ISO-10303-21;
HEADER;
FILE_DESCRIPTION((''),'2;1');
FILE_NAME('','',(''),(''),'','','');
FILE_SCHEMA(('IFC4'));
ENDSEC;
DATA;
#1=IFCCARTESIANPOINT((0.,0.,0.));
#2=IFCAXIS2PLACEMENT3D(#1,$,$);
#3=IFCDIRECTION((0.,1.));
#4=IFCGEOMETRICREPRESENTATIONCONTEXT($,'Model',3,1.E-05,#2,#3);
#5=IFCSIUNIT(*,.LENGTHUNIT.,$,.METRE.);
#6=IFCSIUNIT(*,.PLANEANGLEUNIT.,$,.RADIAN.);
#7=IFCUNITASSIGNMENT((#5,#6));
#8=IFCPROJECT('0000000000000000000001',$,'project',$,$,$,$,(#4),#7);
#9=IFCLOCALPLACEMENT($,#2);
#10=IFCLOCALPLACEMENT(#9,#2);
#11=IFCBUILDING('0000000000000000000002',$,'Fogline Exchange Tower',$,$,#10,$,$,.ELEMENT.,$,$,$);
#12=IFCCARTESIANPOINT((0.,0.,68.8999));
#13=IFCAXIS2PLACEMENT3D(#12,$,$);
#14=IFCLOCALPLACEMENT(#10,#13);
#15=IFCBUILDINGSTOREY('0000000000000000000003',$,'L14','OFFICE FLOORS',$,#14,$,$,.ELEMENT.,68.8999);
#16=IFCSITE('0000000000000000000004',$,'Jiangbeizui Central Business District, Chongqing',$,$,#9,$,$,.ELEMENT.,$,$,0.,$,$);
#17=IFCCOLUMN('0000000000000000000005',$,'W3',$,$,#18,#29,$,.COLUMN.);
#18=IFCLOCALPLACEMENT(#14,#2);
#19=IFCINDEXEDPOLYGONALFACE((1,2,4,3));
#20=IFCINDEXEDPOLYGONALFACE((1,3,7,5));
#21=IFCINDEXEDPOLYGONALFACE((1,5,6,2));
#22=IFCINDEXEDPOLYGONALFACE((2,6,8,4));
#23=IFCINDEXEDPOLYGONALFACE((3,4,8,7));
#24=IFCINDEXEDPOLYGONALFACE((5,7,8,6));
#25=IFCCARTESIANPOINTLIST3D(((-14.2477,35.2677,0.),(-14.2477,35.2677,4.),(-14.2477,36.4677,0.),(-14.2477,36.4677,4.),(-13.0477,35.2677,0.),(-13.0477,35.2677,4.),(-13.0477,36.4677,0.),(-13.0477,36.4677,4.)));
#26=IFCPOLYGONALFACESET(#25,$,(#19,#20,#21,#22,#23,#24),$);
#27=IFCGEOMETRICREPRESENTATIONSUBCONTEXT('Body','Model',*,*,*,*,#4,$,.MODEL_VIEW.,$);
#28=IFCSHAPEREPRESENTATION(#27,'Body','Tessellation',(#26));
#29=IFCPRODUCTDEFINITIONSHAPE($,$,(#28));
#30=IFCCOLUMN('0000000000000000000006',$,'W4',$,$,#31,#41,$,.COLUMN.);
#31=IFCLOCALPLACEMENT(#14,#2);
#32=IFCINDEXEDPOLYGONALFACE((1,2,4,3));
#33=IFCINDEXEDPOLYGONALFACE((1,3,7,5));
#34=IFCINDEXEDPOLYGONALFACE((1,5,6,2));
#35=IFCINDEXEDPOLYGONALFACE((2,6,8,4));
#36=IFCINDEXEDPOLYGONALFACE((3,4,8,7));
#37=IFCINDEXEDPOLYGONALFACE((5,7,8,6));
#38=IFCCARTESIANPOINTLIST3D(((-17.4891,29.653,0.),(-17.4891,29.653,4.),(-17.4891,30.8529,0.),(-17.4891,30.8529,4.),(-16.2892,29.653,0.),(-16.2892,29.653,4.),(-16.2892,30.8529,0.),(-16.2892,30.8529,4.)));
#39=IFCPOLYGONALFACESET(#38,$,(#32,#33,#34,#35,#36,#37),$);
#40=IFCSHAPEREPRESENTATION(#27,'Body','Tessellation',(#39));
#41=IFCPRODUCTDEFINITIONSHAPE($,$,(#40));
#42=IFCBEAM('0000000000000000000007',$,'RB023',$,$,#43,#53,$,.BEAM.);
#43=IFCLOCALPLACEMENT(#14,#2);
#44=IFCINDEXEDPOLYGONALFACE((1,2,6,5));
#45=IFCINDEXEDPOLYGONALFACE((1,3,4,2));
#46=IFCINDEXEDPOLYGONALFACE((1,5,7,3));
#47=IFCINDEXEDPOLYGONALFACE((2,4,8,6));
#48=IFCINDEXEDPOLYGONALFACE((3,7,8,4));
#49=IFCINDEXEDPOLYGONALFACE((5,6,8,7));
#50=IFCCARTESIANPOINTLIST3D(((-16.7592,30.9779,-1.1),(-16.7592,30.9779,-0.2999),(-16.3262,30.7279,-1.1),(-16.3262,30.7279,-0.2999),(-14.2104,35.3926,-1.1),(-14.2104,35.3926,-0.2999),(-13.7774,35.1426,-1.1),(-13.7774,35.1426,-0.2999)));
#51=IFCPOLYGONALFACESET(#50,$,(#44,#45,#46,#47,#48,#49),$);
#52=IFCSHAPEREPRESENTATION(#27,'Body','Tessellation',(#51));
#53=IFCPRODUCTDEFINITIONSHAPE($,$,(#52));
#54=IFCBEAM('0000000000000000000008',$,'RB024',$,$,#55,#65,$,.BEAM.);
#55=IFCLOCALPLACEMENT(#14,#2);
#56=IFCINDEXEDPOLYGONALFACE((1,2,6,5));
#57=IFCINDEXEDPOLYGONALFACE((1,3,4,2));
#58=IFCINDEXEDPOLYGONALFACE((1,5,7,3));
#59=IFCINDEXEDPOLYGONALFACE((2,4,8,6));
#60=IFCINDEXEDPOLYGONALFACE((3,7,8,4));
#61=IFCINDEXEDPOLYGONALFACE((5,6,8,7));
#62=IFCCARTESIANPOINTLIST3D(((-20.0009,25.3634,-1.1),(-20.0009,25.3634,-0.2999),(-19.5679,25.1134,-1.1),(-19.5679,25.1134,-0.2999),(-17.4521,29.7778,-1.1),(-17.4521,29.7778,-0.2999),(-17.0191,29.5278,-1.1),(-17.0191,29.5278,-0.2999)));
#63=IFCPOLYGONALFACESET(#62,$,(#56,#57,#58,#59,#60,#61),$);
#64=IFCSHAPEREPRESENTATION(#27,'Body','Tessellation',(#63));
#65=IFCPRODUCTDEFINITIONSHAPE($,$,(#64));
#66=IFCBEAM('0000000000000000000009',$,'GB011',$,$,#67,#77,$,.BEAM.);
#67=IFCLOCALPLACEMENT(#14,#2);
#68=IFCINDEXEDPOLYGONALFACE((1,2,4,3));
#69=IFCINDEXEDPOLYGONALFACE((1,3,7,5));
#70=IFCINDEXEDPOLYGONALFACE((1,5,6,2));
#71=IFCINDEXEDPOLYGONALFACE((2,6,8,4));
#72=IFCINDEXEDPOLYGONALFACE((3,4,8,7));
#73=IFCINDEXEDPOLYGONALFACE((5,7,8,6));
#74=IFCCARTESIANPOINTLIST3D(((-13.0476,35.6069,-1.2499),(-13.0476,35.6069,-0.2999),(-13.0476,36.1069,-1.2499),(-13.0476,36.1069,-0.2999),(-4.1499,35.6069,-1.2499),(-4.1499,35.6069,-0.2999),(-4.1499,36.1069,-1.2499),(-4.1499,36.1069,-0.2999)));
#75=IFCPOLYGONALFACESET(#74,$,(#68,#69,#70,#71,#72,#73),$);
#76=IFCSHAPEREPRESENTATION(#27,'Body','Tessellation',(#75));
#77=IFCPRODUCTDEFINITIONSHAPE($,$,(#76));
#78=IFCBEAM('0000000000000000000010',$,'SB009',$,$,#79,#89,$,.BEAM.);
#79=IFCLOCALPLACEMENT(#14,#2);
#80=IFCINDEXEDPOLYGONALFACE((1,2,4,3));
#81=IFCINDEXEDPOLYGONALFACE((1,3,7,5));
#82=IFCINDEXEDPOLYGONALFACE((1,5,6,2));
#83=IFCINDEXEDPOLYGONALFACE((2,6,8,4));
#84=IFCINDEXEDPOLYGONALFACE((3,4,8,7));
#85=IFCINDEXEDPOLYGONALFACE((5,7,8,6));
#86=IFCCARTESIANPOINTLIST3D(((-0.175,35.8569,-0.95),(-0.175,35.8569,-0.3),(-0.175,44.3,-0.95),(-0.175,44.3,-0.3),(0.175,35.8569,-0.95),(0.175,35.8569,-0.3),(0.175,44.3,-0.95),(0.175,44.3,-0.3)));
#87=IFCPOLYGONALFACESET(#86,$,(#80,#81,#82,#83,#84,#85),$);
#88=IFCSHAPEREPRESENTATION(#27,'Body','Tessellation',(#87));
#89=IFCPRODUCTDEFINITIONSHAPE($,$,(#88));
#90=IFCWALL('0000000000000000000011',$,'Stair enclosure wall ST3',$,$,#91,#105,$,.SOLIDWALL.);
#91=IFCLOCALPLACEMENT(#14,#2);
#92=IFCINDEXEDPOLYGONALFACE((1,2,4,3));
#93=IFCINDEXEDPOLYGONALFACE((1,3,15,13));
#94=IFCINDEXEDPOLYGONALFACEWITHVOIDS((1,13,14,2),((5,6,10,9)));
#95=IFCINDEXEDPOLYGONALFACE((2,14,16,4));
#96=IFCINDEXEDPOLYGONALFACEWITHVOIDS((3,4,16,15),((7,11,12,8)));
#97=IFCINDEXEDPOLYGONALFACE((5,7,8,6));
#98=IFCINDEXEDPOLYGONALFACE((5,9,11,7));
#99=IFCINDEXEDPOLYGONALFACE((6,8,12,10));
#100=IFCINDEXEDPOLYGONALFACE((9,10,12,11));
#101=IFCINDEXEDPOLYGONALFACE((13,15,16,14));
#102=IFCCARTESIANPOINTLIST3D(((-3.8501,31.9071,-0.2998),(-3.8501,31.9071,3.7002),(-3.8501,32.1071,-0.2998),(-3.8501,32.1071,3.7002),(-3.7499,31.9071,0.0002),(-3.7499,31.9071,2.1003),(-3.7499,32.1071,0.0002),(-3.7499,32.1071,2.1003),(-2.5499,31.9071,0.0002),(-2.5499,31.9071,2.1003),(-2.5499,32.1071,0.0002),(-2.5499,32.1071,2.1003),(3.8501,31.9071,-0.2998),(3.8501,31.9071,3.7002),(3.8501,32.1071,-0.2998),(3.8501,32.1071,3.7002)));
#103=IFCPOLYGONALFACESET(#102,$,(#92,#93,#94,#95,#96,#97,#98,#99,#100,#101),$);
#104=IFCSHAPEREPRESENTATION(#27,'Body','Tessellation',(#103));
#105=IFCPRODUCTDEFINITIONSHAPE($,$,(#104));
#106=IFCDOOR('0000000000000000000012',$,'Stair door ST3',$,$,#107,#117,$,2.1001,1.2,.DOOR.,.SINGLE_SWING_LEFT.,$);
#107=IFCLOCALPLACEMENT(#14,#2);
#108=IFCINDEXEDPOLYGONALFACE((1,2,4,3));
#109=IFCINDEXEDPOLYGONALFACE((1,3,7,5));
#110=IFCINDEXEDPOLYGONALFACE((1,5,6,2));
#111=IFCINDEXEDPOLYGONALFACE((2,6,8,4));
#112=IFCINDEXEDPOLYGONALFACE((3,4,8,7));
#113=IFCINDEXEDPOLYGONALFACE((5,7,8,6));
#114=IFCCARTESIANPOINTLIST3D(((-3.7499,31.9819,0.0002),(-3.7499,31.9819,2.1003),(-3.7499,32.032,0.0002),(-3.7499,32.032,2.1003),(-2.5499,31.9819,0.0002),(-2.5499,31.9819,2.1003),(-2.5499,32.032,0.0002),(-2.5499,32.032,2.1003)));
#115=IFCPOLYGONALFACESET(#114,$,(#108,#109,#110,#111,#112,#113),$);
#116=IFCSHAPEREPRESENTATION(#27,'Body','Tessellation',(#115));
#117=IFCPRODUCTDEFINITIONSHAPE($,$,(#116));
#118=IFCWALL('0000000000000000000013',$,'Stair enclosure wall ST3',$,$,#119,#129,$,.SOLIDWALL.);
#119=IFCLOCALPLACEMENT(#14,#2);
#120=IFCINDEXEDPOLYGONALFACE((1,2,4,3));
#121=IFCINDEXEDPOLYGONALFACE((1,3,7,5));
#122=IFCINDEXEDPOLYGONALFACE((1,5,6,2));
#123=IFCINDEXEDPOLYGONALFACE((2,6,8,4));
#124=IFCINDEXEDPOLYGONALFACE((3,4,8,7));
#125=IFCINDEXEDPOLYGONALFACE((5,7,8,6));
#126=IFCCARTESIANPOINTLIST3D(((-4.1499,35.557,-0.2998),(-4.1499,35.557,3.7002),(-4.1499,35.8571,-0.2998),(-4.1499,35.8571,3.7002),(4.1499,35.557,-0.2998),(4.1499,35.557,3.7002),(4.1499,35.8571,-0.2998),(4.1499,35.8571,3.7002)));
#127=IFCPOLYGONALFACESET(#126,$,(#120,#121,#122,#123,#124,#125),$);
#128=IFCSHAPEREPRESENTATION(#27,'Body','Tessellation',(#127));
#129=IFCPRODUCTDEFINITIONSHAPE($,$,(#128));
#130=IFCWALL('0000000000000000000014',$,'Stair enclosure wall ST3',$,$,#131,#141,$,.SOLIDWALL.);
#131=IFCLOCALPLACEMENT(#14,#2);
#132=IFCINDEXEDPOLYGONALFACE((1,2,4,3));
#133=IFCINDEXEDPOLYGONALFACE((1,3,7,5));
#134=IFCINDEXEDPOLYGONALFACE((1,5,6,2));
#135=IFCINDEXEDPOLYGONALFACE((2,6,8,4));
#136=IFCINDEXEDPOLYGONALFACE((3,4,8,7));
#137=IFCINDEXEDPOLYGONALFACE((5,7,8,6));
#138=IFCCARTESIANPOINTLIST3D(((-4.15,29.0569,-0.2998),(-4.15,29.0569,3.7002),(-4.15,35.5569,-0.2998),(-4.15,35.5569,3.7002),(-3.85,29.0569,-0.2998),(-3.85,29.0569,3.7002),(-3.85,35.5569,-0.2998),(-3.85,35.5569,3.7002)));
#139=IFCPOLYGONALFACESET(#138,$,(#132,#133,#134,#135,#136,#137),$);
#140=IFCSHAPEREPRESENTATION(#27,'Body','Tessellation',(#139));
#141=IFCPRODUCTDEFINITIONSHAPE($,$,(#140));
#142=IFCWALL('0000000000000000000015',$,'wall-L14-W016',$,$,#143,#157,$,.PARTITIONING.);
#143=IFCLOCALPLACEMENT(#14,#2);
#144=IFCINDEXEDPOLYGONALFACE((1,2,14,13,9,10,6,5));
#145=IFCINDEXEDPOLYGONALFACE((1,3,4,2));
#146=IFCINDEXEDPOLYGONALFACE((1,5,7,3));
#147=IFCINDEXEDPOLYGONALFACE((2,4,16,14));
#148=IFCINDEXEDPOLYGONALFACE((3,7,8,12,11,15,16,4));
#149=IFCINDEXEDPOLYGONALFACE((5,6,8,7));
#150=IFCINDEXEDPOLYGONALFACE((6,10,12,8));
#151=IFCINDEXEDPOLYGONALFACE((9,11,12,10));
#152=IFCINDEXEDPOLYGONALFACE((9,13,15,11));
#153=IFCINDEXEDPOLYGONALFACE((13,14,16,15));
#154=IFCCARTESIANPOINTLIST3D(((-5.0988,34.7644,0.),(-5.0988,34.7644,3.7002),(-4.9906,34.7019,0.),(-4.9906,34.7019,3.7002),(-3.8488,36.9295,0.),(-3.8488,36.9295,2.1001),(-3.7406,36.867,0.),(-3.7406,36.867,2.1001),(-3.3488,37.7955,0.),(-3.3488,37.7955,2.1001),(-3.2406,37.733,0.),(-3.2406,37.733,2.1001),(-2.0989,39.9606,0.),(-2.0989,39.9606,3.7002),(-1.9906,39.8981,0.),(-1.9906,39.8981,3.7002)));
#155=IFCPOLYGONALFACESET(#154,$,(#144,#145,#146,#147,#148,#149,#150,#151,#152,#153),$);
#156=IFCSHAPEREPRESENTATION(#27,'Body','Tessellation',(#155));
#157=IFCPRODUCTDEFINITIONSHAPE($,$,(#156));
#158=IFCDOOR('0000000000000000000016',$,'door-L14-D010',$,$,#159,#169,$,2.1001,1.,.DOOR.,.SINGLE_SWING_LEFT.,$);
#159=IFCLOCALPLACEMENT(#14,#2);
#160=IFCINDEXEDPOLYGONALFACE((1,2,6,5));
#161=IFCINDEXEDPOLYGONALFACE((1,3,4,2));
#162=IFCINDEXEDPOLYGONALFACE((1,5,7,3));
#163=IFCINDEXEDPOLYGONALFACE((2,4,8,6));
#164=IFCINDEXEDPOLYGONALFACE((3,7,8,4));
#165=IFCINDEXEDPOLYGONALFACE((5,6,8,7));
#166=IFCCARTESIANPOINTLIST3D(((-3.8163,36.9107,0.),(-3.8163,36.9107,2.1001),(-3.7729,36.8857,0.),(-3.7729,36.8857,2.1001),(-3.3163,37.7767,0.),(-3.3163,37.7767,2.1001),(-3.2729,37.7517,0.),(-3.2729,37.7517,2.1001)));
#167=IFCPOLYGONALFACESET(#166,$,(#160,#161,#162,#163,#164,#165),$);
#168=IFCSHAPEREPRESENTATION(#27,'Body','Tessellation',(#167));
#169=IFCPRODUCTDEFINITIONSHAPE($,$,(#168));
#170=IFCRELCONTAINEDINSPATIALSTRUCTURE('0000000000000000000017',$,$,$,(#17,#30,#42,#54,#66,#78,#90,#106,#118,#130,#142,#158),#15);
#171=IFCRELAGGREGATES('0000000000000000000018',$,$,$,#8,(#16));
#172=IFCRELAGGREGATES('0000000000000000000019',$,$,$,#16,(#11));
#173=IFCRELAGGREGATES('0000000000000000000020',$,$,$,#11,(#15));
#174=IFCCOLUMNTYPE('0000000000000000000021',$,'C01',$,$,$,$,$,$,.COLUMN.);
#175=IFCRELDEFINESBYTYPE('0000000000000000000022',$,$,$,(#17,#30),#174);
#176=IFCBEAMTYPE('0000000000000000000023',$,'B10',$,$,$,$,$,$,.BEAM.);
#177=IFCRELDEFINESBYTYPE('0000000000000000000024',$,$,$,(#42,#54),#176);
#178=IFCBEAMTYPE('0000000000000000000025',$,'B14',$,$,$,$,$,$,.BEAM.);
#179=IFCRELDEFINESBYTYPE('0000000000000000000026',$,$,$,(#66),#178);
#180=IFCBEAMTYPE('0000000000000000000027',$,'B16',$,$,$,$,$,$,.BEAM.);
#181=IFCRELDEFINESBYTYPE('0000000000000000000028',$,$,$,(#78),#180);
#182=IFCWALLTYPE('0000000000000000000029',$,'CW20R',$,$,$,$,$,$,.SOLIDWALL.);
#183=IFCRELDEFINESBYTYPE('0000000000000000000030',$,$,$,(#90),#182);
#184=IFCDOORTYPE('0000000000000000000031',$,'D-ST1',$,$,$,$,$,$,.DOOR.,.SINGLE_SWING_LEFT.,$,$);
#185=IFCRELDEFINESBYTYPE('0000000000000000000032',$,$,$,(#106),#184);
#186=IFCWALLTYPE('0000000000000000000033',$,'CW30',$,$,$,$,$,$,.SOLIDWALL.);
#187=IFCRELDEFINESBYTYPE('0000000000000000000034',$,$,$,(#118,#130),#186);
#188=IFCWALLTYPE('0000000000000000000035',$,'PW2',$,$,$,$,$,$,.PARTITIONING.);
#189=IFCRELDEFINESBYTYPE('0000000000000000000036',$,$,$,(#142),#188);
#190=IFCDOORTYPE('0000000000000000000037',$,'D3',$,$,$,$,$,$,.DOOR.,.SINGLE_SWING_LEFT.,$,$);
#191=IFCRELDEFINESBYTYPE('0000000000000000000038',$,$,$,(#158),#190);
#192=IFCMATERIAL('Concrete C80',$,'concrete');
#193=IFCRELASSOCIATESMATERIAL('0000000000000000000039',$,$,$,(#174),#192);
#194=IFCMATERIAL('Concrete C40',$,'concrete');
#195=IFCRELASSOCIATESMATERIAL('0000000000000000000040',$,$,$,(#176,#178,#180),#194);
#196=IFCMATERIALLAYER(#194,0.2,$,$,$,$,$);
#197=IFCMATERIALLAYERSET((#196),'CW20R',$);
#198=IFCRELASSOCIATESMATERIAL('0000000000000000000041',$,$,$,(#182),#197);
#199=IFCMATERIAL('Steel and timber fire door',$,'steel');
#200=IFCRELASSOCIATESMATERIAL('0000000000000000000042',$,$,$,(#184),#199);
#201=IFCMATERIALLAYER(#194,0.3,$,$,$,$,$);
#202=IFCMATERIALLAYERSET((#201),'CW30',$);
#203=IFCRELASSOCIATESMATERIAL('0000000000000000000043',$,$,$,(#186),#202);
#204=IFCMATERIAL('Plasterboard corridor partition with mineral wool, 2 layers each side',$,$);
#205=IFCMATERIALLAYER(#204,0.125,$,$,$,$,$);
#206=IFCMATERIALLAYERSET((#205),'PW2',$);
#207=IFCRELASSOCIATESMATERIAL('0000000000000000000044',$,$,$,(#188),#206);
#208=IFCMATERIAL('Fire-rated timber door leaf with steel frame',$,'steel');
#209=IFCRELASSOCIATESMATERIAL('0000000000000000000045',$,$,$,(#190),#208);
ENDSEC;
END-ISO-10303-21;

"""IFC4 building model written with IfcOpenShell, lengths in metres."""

from ifc_helpers import new_model, si_unit, direction, frame, frame_2d, origin, origin_2d, place, context, subcontext, project, spatial, rectangle, extrude, material, layer, layer_set, material_profile, profile_set, type_object, element, fill, save


model = new_model("IFC4")

# Units and contexts
model_context = context("Model", 3, precision=1e-05, world=origin(), true_north=direction((0.0, 1.0)))
body_context = subcontext(model_context, "Body", "Model", "MODEL_VIEW")
ifc_project = project(units=[si_unit("LENGTHUNIT", "METRE"), si_unit("PLANEANGLEUNIT", "RADIAN")], contexts=[model_context])

# Site, building, storey
site_placement = place(None, origin())
site = spatial("IfcSite", under=ifc_project, at=site_placement, Name="Jiangbeizui Central Business District, Chongqing", CompositionType="ELEMENT", RefElevation=0.0)
building_placement = place(site_placement, origin())
building = spatial("IfcBuilding", under=site, at=building_placement, Name="Fogline Exchange Tower", CompositionType="ELEMENT")
storey_placement = place(building_placement, frame((0.0, 0.0, 68.8999)))
storey = spatial("IfcBuildingStorey", under=building, at=storey_placement, Name="L14", Description="OFFICE FLOORS", CompositionType="ELEMENT", Elevation=68.8999)

# Columns
ifc_material_1 = material(Name="Concrete C80", Category="concrete")
ifc_material_profile_1 = material_profile(ifc_material_1, rectangle(XDim=1.2, YDim=1.2, at=origin_2d()), Name="RC 1200x1200")
ifc_profile_set_1 = profile_set([ifc_material_profile_1], Name="Concrete C80")
column_type = type_object("IfcColumnType", Name="C01", PredefinedType="COLUMN", material=ifc_profile_set_1)
for number, where, z_axis, x_axis, name in (
    (1, (-13.6477, 35.8677, 0.0), (0.0, 0.0, 1.0), (1.0, 0.0, 0.0), "W3"),
    (2, (-16.8892, 30.2529, 0.0), (0.0, 0.0, 1.0), (1.0, 0.0, 0.0), "W4"),
):
    element("IfcColumn", number, at=place(storey_placement, frame(where, z_axis=z_axis, x_axis=x_axis)), inside=storey, type_object=column_type, Name=name, PredefinedType="COLUMN", context=body_context, shape_type="SweptSolid", body=[
        extrude(rectangle(XDim=1.2, YDim=1.2, at=origin_2d()), origin(), (0.0, 0.0, 1.0), 4.0),
    ])

# Beams
ifc_material_2 = material(Name="Concrete C40", Category="concrete")
ifc_material_profile_2 = material_profile(ifc_material_2, rectangle(XDim=0.5, YDim=0.8, at=origin_2d()), Name="RC 500x800")
ifc_profile_set_2 = profile_set([ifc_material_profile_2], Name="Concrete C40")
beam_type_1 = type_object("IfcBeamType", Name="B10", PredefinedType="BEAM", material=ifc_profile_set_2)
beam_1_placement = place(storey_placement, frame((-13.9939, 35.2676, -0.7), z_axis=(-0.499992, -0.86603, 0.0), x_axis=(0.86603, -0.499992, 0.0)))
element("IfcBeam", 3, at=beam_1_placement, inside=storey, type_object=beam_type_1, Name="RB023", PredefinedType="BEAM", context=body_context, shape_type="SweptSolid", body=[
    extrude(rectangle(XDim=0.5, YDim=0.8, at=origin_2d()), origin(), (0.0, 0.0, 1.0), 5.0977),
])
beam_2_placement = place(storey_placement, frame((-17.2356, 29.6528, -0.7), z_axis=(-0.500013, -0.866018, 0.0), x_axis=(0.866018, -0.500013, 0.0)))
element("IfcBeam", 4, at=beam_2_placement, inside=storey, type_object=beam_type_1, Name="RB024", PredefinedType="BEAM", context=body_context, shape_type="SweptSolid", body=[
    extrude(rectangle(XDim=0.5, YDim=0.8, at=origin_2d()), origin(), (0.0, 0.0, 1.0), 5.0974),
])
ifc_material_profile_3 = material_profile(ifc_material_2, rectangle(XDim=0.5, YDim=0.95, at=origin_2d()), Name="RC 500x950")
ifc_profile_set_3 = profile_set([ifc_material_profile_3], Name="Concrete C40")
beam_type_2 = type_object("IfcBeamType", Name="B14", PredefinedType="BEAM", material=ifc_profile_set_3)
beam_3_placement = place(storey_placement, frame((-13.0476, 35.8569, -0.7749), z_axis=(1.0, 0.0, 0.0), x_axis=(0.0, 1.0, 0.0)))
element("IfcBeam", 5, at=beam_3_placement, inside=storey, type_object=beam_type_2, Name="GB011", PredefinedType="BEAM", context=body_context, shape_type="SweptSolid", body=[
    extrude(rectangle(XDim=0.5, YDim=0.95, at=origin_2d()), origin(), (0.0, 0.0, 1.0), 8.8977),
])
ifc_material_profile_4 = material_profile(ifc_material_2, rectangle(XDim=0.3501, YDim=0.6499, at=origin_2d()), Name="RC 350x650")
ifc_profile_set_4 = profile_set([ifc_material_profile_4], Name="Concrete C40")
beam_type_3 = type_object("IfcBeamType", Name="B16", PredefinedType="BEAM", material=ifc_profile_set_4)
beam_4_placement = place(storey_placement, frame((0.0, 35.8569, -0.625), z_axis=(0.0, 1.0, 0.0), x_axis=(-1.0, 0.0, 0.0)))
element("IfcBeam", 6, at=beam_4_placement, inside=storey, type_object=beam_type_3, Name="SB009", PredefinedType="BEAM", context=body_context, shape_type="SweptSolid", body=[
    extrude(rectangle(XDim=0.3501, YDim=0.6499, at=origin_2d()), origin(), (0.0, 0.0, 1.0), 8.4431),
])

# Wall, opening, door
ifc_layer_1 = layer(ifc_material_2, 0.2)
ifc_layer_set_1 = layer_set([ifc_layer_1], Name="CW20R")
wall_type_1 = type_object("IfcWallType", Name="CW20R", PredefinedType="SOLIDWALL", material=ifc_layer_set_1)
wall_1_placement = place(storey_placement, frame((-3.8501, 32.0071, -0.2998), z_axis=(0.0, 0.0, 1.0), x_axis=(1.0, 0.0, 0.0)))
wall_1 = element("IfcWall", 7, at=wall_1_placement, inside=storey, type_object=wall_type_1, Name="Stair enclosure wall ST3", PredefinedType="SOLIDWALL", context=body_context, shape_type="SweptSolid", body=[
    extrude(rectangle(XDim=7.7002, YDim=0.2, at=frame_2d((3.8501, 0.0))), origin(), (0.0, 0.0, 1.0), 4.0),
])
opening_1_placement = place(wall_1_placement, frame((0.1001, 0.0, 0.3)))
opening_1 = element("IfcOpeningElement", 8, at=opening_1_placement, cuts=wall_1, PredefinedType="OPENING", context=body_context, shape_type="SweptSolid", body=[
    extrude(rectangle(XDim=1.2, YDim=2.1001, at=frame_2d((0.6001, 1.05))), frame((0.0, 0.1099, 0.0), z_axis=(0.0, -1.0, 0.0), x_axis=(1.0, 0.0, 0.0)), (0.0, 0.0, 1.0), 0.22),
])
ifc_material_3 = material(Name="Steel and timber fire door", Category="steel")
door_type_1 = type_object("IfcDoorType", Name="D-ST1", OperationType="SINGLE_SWING_LEFT", PredefinedType="DOOR", material=ifc_material_3)
door_1_placement = place(opening_1_placement, origin())
door_1 = element("IfcDoor", 9, at=door_1_placement, inside=storey, type_object=door_type_1, Name="Stair door ST3", OperationType="SINGLE_SWING_LEFT", OverallHeight=2.1001, OverallWidth=1.2, PredefinedType="DOOR", context=body_context, shape_type="SweptSolid", body=[
    extrude(rectangle(XDim=1.2, YDim=2.1001, at=frame_2d((0.6001, 1.05))), frame((0.0, 0.0249, 0.0), z_axis=(0.0, -1.0, 0.0), x_axis=(1.0, 0.0, 0.0)), (0.0, 0.0, 1.0), 0.05),
])
fill(opening_1, door_1)

# Walls
ifc_layer_2 = layer(ifc_material_2, 0.3)
ifc_layer_set_2 = layer_set([ifc_layer_2], Name="CW30")
wall_type_2 = type_object("IfcWallType", Name="CW30", PredefinedType="SOLIDWALL", material=ifc_layer_set_2)
wall_2_placement = place(storey_placement, frame((-4.1499, 35.707, -0.2998), z_axis=(0.0, 0.0, 1.0), x_axis=(1.0, 0.0, 0.0)))
element("IfcWall", 10, at=wall_2_placement, inside=storey, type_object=wall_type_2, Name="Stair enclosure wall ST3", PredefinedType="SOLIDWALL", context=body_context, shape_type="SweptSolid", body=[
    extrude(rectangle(XDim=8.2998, YDim=0.3, at=frame_2d((4.1499, 0.0))), origin(), (0.0, 0.0, 1.0), 4.0),
])
wall_3_placement = place(storey_placement, frame((-4.0, 29.0569, -0.2998), z_axis=(0.0, 0.0, 1.0), x_axis=(0.0, 1.0, 0.0)))
element("IfcWall", 11, at=wall_3_placement, inside=storey, type_object=wall_type_2, Name="Stair enclosure wall ST3", PredefinedType="SOLIDWALL", context=body_context, shape_type="SweptSolid", body=[
    extrude(rectangle(XDim=6.5, YDim=0.3, at=frame_2d((3.25, 0.0))), origin(), (0.0, 0.0, 1.0), 4.0),
])

# Wall, opening, door
ifc_material_4 = material(Name="Plasterboard corridor partition with mineral wool, 2 layers each side")
ifc_layer_3 = layer(ifc_material_4, 0.125)
ifc_layer_set_3 = layer_set([ifc_layer_3], Name="PW2")
wall_type_3 = type_object("IfcWallType", Name="PW2", PredefinedType="PARTITIONING", material=ifc_layer_set_3)
wall_4_placement = place(storey_placement, frame((-5.0447, 34.7332, 0.0), z_axis=(0.0, 0.0, 1.0), x_axis=(0.49999, 0.866031, 0.0)))
wall_4 = element("IfcWall", 12, at=wall_4_placement, inside=storey, type_object=wall_type_3, Name="wall-L14-W016", PredefinedType="PARTITIONING", context=body_context, shape_type="SweptSolid", body=[
    extrude(rectangle(XDim=6.0, YDim=0.125, at=frame_2d((3.0, 0.0))), origin(), (0.0, 0.0, 1.0), 3.7002),
])
opening_2_placement = place(wall_4_placement, frame((2.5, 0.0, 0.0)))
opening_2 = element("IfcOpeningElement", 13, at=opening_2_placement, cuts=wall_4, PredefinedType="OPENING", context=body_context, shape_type="SweptSolid", body=[
    extrude(rectangle(XDim=1.0, YDim=2.1001, at=frame_2d((0.5, 1.05))), frame((0.0, 0.0725, 0.0), z_axis=(0.0, -1.0, 0.0), x_axis=(1.0, 0.0, 0.0)), (0.0, 0.0, 1.0), 0.145),
])
ifc_material_5 = material(Name="Fire-rated timber door leaf with steel frame", Category="steel")
door_type_2 = type_object("IfcDoorType", Name="D3", OperationType="SINGLE_SWING_LEFT", PredefinedType="DOOR", material=ifc_material_5)
door_2_placement = place(opening_2_placement, origin())
door_2 = element("IfcDoor", 14, at=door_2_placement, inside=storey, type_object=door_type_2, Name="door-L14-D010", OperationType="SINGLE_SWING_LEFT", OverallHeight=2.1001, OverallWidth=1.0, PredefinedType="DOOR", context=body_context, shape_type="SweptSolid", body=[
    extrude(rectangle(XDim=1.0, YDim=2.1001, at=frame_2d((0.5, 1.05))), frame((0.0, 0.0249, 0.0), z_axis=(0.0, -1.0, 0.0), x_axis=(1.0, 0.0, 0.0)), (0.0, 0.0, 1.0), 0.05),
])
fill(opening_2, door_2)

save(model, "model.ifc")
